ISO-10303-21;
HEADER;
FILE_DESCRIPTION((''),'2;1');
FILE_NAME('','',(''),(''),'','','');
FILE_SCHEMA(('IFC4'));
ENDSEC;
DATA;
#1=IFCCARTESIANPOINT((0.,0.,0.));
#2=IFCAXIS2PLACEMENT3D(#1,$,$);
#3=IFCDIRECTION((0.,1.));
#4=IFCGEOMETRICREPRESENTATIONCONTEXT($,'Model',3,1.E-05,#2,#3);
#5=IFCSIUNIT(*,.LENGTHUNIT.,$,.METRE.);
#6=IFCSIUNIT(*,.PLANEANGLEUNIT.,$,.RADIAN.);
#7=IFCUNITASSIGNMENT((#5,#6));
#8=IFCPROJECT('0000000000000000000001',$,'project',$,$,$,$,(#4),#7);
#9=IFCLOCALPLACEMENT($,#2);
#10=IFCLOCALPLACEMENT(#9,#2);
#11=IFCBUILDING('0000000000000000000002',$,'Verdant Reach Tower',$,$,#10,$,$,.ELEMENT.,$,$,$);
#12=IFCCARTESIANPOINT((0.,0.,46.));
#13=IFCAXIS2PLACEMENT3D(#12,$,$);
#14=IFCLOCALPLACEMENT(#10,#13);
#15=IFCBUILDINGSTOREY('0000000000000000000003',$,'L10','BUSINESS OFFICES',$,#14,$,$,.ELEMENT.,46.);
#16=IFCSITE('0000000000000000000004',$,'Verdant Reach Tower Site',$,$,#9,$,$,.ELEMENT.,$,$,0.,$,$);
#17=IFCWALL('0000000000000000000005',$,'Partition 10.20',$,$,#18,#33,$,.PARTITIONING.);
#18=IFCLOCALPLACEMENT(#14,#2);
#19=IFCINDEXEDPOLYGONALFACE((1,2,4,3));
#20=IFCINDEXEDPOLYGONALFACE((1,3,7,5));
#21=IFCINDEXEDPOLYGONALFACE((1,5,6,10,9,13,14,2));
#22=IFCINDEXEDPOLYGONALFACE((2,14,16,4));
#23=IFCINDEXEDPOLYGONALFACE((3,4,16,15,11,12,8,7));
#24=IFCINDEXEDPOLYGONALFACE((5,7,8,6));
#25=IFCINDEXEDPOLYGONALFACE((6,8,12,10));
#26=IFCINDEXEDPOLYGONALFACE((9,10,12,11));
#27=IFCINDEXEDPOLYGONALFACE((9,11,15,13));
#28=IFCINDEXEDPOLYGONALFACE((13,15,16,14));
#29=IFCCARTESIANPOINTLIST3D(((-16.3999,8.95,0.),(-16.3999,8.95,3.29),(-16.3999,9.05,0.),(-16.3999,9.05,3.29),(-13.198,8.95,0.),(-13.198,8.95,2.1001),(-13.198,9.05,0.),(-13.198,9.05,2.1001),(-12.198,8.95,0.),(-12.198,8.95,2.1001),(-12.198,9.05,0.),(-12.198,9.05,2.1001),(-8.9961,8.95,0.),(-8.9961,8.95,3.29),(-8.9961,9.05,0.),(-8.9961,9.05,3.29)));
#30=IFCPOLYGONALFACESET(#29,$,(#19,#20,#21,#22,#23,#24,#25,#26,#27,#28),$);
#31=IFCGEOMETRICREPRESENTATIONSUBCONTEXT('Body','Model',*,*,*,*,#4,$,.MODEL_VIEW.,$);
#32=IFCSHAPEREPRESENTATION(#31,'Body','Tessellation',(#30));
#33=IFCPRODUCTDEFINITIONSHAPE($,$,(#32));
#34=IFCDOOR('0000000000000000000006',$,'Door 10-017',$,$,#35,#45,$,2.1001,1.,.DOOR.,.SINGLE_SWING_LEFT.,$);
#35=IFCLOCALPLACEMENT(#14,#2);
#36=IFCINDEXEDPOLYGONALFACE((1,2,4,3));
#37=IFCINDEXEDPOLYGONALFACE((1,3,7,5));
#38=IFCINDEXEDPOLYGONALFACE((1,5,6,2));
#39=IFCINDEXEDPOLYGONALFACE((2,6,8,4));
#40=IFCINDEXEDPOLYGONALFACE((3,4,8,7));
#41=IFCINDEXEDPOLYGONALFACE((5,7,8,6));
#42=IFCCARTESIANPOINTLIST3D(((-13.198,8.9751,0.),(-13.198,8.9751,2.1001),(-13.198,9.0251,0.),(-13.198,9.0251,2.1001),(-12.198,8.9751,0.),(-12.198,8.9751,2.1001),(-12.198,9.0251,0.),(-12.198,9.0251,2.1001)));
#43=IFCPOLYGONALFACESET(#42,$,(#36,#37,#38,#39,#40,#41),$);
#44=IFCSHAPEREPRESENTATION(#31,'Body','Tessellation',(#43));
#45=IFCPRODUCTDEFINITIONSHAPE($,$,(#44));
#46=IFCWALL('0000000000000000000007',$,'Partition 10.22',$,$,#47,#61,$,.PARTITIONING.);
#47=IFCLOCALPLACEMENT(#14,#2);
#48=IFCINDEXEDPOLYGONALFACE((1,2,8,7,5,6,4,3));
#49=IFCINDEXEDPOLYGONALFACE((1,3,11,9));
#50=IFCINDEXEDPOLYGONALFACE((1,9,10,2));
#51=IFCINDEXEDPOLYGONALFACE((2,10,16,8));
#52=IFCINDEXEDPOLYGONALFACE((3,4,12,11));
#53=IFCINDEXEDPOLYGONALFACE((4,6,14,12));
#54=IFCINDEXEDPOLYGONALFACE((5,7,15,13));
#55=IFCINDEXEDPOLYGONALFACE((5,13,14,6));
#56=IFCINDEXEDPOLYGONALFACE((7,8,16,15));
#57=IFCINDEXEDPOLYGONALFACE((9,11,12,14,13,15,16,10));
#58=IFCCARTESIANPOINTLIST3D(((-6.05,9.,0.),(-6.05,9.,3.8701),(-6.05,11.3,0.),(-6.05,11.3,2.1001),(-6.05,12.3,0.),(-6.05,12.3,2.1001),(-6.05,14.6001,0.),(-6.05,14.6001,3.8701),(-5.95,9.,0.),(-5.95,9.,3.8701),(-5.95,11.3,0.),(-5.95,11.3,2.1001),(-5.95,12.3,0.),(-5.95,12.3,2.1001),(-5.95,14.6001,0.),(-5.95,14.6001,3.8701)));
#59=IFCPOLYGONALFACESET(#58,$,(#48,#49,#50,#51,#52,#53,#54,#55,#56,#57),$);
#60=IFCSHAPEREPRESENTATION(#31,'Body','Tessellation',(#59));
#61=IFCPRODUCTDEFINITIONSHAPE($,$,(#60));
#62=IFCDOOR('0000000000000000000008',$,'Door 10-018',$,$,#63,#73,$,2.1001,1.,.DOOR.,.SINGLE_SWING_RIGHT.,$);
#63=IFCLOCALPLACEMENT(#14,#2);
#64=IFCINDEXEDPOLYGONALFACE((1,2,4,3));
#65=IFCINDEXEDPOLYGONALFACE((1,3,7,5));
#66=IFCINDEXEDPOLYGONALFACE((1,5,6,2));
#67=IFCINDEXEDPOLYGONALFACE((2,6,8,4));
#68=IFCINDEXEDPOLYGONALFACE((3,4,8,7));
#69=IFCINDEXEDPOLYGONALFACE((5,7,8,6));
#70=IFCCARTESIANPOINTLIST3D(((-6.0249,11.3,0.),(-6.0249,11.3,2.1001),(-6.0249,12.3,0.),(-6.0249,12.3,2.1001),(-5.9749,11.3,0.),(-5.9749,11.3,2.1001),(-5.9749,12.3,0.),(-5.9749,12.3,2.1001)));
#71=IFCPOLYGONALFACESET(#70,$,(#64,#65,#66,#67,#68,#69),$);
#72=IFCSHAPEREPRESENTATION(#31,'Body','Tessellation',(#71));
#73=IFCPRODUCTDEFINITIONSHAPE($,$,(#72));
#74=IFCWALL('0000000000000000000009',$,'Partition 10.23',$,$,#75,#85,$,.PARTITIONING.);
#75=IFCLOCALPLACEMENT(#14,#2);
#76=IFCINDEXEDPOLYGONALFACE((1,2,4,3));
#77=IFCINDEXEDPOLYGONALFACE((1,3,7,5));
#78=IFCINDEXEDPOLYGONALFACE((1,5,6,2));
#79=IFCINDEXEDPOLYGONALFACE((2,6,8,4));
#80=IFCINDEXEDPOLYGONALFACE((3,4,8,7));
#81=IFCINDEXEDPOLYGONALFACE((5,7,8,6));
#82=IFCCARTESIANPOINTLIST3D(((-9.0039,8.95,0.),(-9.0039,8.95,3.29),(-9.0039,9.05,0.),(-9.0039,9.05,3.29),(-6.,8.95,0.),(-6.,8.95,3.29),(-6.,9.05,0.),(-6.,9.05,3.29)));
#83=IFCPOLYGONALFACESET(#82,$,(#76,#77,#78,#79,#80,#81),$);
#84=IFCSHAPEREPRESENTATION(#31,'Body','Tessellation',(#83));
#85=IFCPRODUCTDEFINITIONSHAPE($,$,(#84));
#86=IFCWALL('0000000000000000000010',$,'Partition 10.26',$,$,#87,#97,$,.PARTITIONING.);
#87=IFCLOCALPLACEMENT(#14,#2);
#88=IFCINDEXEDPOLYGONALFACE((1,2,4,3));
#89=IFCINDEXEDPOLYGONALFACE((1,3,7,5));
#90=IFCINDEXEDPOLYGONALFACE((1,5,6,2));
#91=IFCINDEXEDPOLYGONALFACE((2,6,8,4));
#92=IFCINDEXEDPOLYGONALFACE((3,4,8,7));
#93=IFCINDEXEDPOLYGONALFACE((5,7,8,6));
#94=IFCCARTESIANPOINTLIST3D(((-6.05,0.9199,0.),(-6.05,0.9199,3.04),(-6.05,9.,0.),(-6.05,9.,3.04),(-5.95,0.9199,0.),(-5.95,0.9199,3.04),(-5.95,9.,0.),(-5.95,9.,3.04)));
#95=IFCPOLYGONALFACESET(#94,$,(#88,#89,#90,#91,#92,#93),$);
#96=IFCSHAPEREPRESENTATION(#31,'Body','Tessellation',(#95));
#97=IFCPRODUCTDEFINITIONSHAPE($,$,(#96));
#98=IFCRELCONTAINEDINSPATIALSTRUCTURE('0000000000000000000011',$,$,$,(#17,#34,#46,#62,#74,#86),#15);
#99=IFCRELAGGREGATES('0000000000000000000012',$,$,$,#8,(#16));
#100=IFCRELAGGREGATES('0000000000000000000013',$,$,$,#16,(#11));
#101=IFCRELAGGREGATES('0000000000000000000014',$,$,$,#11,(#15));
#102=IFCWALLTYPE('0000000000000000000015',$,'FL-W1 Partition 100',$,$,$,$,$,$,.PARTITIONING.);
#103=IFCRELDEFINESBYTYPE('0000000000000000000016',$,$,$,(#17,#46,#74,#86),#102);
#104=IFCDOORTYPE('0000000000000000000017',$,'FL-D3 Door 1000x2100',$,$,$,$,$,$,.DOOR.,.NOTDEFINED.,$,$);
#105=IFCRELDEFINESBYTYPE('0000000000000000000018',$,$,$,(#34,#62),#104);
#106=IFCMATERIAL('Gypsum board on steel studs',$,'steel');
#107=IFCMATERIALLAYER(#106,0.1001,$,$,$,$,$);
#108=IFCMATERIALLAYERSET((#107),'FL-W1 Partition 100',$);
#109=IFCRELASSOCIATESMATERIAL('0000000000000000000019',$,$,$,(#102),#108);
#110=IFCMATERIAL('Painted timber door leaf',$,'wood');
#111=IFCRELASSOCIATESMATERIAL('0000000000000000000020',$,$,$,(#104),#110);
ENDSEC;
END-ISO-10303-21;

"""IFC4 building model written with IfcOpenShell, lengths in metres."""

from ifc_helpers import new_model, si_unit, direction, frame, frame_2d, origin, place, context, subcontext, project, spatial, rectangle, extrude, material, layer, layer_set, type_object, element, fill, save


model = new_model("IFC4")

# Units and contexts
model_context = context("Model", 3, precision=1e-05, world=origin(), true_north=direction((0.0, 1.0)))
body_context = subcontext(model_context, "Body", "Model", "MODEL_VIEW")
ifc_project = project(units=[si_unit("LENGTHUNIT", "METRE"), si_unit("PLANEANGLEUNIT", "RADIAN")], contexts=[model_context])

# Site, building, storey
site_placement = place(None, origin())
site = spatial("IfcSite", under=ifc_project, at=site_placement, Name="Verdant Reach Tower Site", CompositionType="ELEMENT", RefElevation=0.0)
building_placement = place(site_placement, origin())
building = spatial("IfcBuilding", under=site, at=building_placement, Name="Verdant Reach Tower", CompositionType="ELEMENT")
storey_placement = place(building_placement, frame((0.0, 0.0, 46.0)))
storey = spatial("IfcBuildingStorey", under=building, at=storey_placement, Name="L10", Description="BUSINESS OFFICES", CompositionType="ELEMENT", Elevation=46.0)

# Shared definitions
ifc_material_1 = material(Name="Gypsum board on steel studs", Category="steel")
ifc_layer_1 = layer(ifc_material_1, 0.1001)
ifc_layer_set_1 = layer_set([ifc_layer_1], Name="FL-W1 Partition 100")
wall_type = type_object("IfcWallType", Name="FL-W1 Partition 100", PredefinedType="PARTITIONING", material=ifc_layer_set_1)

# Walls, openings, doors
wall_1_placement = place(storey_placement, frame((-8.9961, 9.0, 0.0), z_axis=(0.0, 0.0, 1.0), x_axis=(-1.0, 0.0, 0.0)))
wall_1 = element("IfcWall", 1, at=wall_1_placement, inside=storey, type_object=wall_type, Name="Partition 10.20", PredefinedType="PARTITIONING", context=body_context, shape_type="SweptSolid", body=[
    extrude(rectangle(XDim=7.4038, YDim=0.1001, at=frame_2d((3.7019, 0.0))), origin(), (0.0, 0.0, 1.0), 3.29),
])
opening_1_placement = place(wall_1_placement, frame((3.2019, 0.0, 0.0)))
opening_1 = element("IfcOpeningElement", 2, at=opening_1_placement, cuts=wall_1, PredefinedType="OPENING", context=body_context, shape_type="SweptSolid", body=[
    extrude(rectangle(XDim=1.0, YDim=2.1001, at=frame_2d((0.5, 1.05))), frame((0.0, 0.0601, 0.0), z_axis=(0.0, -1.0, 0.0), x_axis=(1.0, 0.0, 0.0)), (0.0, 0.0, 1.0), 0.1201),
])
ifc_material_2 = material(Name="Painted timber door leaf", Category="wood")
door_type = type_object("IfcDoorType", Name="FL-D3 Door 1000x2100", OperationType="NOTDEFINED", PredefinedType="DOOR", material=ifc_material_2)
door_1_placement = place(opening_1_placement, origin())
door_1 = element("IfcDoor", 3, at=door_1_placement, inside=storey, type_object=door_type, Name="Door 10-017", OperationType="SINGLE_SWING_LEFT", OverallHeight=2.1001, OverallWidth=1.0, PredefinedType="DOOR", context=body_context, shape_type="SweptSolid", body=[
    extrude(rectangle(XDim=1.0, YDim=2.1001, at=frame_2d((0.5, 1.05))), frame((0.0, 0.0249, 0.0), z_axis=(0.0, -1.0, 0.0), x_axis=(1.0, 0.0, 0.0)), (0.0, 0.0, 1.0), 0.05),
])
fill(opening_1, door_1)
wall_2_placement = place(storey_placement, frame((-6.0, 9.0, 0.0), z_axis=(0.0, 0.0, 1.0), x_axis=(0.0, 1.0, 0.0)))
wall_2 = element("IfcWall", 4, at=wall_2_placement, inside=storey, type_object=wall_type, Name="Partition 10.22", PredefinedType="PARTITIONING", context=body_context, shape_type="SweptSolid", body=[
    extrude(rectangle(XDim=5.6001, YDim=0.1001, at=frame_2d((2.8, 0.0))), origin(), (0.0, 0.0, 1.0), 3.8701),
])
opening_2_placement = place(wall_2_placement, frame((2.3, 0.0, 0.0)))
opening_2 = element("IfcOpeningElement", 5, at=opening_2_placement, cuts=wall_2, PredefinedType="OPENING", context=body_context, shape_type="SweptSolid", body=[
    extrude(rectangle(XDim=1.0, YDim=2.1001, at=frame_2d((0.5, 1.05))), frame((0.0, 0.0601, 0.0), z_axis=(0.0, -1.0, 0.0), x_axis=(1.0, 0.0, 0.0)), (0.0, 0.0, 1.0), 0.1201),
])
door_2_placement = place(opening_2_placement, origin())
door_2 = element("IfcDoor", 6, at=door_2_placement, inside=storey, type_object=door_type, Name="Door 10-018", OperationType="SINGLE_SWING_RIGHT", OverallHeight=2.1001, OverallWidth=1.0, PredefinedType="DOOR", context=body_context, shape_type="SweptSolid", body=[
    extrude(rectangle(XDim=1.0, YDim=2.1001, at=frame_2d((0.5, 1.05))), frame((0.0, 0.0249, 0.0), z_axis=(0.0, -1.0, 0.0), x_axis=(1.0, 0.0, 0.0)), (0.0, 0.0, 1.0), 0.05),
])
fill(opening_2, door_2)

# Walls
wall_3_placement = place(storey_placement, frame((-9.0039, 9.0, 0.0), z_axis=(0.0, 0.0, 1.0), x_axis=(1.0, 0.0, 0.0)))
element("IfcWall", 7, at=wall_3_placement, inside=storey, type_object=wall_type, Name="Partition 10.23", PredefinedType="PARTITIONING", context=body_context, shape_type="SweptSolid", body=[
    extrude(rectangle(XDim=3.0039, YDim=0.1001, at=frame_2d((1.502, 0.0))), origin(), (0.0, 0.0, 1.0), 3.29),
])
wall_4_placement = place(storey_placement, frame((-6.0, 0.9199, 0.0), z_axis=(0.0, 0.0, 1.0), x_axis=(0.0, 1.0, 0.0)))
element("IfcWall", 8, at=wall_4_placement, inside=storey, type_object=wall_type, Name="Partition 10.26", PredefinedType="PARTITIONING", context=body_context, shape_type="SweptSolid", body=[
    extrude(rectangle(XDim=8.0801, YDim=0.1001, at=frame_2d((4.04, 0.0))), origin(), (0.0, 0.0, 1.0), 3.04),
])

save(model, "model.ifc")
